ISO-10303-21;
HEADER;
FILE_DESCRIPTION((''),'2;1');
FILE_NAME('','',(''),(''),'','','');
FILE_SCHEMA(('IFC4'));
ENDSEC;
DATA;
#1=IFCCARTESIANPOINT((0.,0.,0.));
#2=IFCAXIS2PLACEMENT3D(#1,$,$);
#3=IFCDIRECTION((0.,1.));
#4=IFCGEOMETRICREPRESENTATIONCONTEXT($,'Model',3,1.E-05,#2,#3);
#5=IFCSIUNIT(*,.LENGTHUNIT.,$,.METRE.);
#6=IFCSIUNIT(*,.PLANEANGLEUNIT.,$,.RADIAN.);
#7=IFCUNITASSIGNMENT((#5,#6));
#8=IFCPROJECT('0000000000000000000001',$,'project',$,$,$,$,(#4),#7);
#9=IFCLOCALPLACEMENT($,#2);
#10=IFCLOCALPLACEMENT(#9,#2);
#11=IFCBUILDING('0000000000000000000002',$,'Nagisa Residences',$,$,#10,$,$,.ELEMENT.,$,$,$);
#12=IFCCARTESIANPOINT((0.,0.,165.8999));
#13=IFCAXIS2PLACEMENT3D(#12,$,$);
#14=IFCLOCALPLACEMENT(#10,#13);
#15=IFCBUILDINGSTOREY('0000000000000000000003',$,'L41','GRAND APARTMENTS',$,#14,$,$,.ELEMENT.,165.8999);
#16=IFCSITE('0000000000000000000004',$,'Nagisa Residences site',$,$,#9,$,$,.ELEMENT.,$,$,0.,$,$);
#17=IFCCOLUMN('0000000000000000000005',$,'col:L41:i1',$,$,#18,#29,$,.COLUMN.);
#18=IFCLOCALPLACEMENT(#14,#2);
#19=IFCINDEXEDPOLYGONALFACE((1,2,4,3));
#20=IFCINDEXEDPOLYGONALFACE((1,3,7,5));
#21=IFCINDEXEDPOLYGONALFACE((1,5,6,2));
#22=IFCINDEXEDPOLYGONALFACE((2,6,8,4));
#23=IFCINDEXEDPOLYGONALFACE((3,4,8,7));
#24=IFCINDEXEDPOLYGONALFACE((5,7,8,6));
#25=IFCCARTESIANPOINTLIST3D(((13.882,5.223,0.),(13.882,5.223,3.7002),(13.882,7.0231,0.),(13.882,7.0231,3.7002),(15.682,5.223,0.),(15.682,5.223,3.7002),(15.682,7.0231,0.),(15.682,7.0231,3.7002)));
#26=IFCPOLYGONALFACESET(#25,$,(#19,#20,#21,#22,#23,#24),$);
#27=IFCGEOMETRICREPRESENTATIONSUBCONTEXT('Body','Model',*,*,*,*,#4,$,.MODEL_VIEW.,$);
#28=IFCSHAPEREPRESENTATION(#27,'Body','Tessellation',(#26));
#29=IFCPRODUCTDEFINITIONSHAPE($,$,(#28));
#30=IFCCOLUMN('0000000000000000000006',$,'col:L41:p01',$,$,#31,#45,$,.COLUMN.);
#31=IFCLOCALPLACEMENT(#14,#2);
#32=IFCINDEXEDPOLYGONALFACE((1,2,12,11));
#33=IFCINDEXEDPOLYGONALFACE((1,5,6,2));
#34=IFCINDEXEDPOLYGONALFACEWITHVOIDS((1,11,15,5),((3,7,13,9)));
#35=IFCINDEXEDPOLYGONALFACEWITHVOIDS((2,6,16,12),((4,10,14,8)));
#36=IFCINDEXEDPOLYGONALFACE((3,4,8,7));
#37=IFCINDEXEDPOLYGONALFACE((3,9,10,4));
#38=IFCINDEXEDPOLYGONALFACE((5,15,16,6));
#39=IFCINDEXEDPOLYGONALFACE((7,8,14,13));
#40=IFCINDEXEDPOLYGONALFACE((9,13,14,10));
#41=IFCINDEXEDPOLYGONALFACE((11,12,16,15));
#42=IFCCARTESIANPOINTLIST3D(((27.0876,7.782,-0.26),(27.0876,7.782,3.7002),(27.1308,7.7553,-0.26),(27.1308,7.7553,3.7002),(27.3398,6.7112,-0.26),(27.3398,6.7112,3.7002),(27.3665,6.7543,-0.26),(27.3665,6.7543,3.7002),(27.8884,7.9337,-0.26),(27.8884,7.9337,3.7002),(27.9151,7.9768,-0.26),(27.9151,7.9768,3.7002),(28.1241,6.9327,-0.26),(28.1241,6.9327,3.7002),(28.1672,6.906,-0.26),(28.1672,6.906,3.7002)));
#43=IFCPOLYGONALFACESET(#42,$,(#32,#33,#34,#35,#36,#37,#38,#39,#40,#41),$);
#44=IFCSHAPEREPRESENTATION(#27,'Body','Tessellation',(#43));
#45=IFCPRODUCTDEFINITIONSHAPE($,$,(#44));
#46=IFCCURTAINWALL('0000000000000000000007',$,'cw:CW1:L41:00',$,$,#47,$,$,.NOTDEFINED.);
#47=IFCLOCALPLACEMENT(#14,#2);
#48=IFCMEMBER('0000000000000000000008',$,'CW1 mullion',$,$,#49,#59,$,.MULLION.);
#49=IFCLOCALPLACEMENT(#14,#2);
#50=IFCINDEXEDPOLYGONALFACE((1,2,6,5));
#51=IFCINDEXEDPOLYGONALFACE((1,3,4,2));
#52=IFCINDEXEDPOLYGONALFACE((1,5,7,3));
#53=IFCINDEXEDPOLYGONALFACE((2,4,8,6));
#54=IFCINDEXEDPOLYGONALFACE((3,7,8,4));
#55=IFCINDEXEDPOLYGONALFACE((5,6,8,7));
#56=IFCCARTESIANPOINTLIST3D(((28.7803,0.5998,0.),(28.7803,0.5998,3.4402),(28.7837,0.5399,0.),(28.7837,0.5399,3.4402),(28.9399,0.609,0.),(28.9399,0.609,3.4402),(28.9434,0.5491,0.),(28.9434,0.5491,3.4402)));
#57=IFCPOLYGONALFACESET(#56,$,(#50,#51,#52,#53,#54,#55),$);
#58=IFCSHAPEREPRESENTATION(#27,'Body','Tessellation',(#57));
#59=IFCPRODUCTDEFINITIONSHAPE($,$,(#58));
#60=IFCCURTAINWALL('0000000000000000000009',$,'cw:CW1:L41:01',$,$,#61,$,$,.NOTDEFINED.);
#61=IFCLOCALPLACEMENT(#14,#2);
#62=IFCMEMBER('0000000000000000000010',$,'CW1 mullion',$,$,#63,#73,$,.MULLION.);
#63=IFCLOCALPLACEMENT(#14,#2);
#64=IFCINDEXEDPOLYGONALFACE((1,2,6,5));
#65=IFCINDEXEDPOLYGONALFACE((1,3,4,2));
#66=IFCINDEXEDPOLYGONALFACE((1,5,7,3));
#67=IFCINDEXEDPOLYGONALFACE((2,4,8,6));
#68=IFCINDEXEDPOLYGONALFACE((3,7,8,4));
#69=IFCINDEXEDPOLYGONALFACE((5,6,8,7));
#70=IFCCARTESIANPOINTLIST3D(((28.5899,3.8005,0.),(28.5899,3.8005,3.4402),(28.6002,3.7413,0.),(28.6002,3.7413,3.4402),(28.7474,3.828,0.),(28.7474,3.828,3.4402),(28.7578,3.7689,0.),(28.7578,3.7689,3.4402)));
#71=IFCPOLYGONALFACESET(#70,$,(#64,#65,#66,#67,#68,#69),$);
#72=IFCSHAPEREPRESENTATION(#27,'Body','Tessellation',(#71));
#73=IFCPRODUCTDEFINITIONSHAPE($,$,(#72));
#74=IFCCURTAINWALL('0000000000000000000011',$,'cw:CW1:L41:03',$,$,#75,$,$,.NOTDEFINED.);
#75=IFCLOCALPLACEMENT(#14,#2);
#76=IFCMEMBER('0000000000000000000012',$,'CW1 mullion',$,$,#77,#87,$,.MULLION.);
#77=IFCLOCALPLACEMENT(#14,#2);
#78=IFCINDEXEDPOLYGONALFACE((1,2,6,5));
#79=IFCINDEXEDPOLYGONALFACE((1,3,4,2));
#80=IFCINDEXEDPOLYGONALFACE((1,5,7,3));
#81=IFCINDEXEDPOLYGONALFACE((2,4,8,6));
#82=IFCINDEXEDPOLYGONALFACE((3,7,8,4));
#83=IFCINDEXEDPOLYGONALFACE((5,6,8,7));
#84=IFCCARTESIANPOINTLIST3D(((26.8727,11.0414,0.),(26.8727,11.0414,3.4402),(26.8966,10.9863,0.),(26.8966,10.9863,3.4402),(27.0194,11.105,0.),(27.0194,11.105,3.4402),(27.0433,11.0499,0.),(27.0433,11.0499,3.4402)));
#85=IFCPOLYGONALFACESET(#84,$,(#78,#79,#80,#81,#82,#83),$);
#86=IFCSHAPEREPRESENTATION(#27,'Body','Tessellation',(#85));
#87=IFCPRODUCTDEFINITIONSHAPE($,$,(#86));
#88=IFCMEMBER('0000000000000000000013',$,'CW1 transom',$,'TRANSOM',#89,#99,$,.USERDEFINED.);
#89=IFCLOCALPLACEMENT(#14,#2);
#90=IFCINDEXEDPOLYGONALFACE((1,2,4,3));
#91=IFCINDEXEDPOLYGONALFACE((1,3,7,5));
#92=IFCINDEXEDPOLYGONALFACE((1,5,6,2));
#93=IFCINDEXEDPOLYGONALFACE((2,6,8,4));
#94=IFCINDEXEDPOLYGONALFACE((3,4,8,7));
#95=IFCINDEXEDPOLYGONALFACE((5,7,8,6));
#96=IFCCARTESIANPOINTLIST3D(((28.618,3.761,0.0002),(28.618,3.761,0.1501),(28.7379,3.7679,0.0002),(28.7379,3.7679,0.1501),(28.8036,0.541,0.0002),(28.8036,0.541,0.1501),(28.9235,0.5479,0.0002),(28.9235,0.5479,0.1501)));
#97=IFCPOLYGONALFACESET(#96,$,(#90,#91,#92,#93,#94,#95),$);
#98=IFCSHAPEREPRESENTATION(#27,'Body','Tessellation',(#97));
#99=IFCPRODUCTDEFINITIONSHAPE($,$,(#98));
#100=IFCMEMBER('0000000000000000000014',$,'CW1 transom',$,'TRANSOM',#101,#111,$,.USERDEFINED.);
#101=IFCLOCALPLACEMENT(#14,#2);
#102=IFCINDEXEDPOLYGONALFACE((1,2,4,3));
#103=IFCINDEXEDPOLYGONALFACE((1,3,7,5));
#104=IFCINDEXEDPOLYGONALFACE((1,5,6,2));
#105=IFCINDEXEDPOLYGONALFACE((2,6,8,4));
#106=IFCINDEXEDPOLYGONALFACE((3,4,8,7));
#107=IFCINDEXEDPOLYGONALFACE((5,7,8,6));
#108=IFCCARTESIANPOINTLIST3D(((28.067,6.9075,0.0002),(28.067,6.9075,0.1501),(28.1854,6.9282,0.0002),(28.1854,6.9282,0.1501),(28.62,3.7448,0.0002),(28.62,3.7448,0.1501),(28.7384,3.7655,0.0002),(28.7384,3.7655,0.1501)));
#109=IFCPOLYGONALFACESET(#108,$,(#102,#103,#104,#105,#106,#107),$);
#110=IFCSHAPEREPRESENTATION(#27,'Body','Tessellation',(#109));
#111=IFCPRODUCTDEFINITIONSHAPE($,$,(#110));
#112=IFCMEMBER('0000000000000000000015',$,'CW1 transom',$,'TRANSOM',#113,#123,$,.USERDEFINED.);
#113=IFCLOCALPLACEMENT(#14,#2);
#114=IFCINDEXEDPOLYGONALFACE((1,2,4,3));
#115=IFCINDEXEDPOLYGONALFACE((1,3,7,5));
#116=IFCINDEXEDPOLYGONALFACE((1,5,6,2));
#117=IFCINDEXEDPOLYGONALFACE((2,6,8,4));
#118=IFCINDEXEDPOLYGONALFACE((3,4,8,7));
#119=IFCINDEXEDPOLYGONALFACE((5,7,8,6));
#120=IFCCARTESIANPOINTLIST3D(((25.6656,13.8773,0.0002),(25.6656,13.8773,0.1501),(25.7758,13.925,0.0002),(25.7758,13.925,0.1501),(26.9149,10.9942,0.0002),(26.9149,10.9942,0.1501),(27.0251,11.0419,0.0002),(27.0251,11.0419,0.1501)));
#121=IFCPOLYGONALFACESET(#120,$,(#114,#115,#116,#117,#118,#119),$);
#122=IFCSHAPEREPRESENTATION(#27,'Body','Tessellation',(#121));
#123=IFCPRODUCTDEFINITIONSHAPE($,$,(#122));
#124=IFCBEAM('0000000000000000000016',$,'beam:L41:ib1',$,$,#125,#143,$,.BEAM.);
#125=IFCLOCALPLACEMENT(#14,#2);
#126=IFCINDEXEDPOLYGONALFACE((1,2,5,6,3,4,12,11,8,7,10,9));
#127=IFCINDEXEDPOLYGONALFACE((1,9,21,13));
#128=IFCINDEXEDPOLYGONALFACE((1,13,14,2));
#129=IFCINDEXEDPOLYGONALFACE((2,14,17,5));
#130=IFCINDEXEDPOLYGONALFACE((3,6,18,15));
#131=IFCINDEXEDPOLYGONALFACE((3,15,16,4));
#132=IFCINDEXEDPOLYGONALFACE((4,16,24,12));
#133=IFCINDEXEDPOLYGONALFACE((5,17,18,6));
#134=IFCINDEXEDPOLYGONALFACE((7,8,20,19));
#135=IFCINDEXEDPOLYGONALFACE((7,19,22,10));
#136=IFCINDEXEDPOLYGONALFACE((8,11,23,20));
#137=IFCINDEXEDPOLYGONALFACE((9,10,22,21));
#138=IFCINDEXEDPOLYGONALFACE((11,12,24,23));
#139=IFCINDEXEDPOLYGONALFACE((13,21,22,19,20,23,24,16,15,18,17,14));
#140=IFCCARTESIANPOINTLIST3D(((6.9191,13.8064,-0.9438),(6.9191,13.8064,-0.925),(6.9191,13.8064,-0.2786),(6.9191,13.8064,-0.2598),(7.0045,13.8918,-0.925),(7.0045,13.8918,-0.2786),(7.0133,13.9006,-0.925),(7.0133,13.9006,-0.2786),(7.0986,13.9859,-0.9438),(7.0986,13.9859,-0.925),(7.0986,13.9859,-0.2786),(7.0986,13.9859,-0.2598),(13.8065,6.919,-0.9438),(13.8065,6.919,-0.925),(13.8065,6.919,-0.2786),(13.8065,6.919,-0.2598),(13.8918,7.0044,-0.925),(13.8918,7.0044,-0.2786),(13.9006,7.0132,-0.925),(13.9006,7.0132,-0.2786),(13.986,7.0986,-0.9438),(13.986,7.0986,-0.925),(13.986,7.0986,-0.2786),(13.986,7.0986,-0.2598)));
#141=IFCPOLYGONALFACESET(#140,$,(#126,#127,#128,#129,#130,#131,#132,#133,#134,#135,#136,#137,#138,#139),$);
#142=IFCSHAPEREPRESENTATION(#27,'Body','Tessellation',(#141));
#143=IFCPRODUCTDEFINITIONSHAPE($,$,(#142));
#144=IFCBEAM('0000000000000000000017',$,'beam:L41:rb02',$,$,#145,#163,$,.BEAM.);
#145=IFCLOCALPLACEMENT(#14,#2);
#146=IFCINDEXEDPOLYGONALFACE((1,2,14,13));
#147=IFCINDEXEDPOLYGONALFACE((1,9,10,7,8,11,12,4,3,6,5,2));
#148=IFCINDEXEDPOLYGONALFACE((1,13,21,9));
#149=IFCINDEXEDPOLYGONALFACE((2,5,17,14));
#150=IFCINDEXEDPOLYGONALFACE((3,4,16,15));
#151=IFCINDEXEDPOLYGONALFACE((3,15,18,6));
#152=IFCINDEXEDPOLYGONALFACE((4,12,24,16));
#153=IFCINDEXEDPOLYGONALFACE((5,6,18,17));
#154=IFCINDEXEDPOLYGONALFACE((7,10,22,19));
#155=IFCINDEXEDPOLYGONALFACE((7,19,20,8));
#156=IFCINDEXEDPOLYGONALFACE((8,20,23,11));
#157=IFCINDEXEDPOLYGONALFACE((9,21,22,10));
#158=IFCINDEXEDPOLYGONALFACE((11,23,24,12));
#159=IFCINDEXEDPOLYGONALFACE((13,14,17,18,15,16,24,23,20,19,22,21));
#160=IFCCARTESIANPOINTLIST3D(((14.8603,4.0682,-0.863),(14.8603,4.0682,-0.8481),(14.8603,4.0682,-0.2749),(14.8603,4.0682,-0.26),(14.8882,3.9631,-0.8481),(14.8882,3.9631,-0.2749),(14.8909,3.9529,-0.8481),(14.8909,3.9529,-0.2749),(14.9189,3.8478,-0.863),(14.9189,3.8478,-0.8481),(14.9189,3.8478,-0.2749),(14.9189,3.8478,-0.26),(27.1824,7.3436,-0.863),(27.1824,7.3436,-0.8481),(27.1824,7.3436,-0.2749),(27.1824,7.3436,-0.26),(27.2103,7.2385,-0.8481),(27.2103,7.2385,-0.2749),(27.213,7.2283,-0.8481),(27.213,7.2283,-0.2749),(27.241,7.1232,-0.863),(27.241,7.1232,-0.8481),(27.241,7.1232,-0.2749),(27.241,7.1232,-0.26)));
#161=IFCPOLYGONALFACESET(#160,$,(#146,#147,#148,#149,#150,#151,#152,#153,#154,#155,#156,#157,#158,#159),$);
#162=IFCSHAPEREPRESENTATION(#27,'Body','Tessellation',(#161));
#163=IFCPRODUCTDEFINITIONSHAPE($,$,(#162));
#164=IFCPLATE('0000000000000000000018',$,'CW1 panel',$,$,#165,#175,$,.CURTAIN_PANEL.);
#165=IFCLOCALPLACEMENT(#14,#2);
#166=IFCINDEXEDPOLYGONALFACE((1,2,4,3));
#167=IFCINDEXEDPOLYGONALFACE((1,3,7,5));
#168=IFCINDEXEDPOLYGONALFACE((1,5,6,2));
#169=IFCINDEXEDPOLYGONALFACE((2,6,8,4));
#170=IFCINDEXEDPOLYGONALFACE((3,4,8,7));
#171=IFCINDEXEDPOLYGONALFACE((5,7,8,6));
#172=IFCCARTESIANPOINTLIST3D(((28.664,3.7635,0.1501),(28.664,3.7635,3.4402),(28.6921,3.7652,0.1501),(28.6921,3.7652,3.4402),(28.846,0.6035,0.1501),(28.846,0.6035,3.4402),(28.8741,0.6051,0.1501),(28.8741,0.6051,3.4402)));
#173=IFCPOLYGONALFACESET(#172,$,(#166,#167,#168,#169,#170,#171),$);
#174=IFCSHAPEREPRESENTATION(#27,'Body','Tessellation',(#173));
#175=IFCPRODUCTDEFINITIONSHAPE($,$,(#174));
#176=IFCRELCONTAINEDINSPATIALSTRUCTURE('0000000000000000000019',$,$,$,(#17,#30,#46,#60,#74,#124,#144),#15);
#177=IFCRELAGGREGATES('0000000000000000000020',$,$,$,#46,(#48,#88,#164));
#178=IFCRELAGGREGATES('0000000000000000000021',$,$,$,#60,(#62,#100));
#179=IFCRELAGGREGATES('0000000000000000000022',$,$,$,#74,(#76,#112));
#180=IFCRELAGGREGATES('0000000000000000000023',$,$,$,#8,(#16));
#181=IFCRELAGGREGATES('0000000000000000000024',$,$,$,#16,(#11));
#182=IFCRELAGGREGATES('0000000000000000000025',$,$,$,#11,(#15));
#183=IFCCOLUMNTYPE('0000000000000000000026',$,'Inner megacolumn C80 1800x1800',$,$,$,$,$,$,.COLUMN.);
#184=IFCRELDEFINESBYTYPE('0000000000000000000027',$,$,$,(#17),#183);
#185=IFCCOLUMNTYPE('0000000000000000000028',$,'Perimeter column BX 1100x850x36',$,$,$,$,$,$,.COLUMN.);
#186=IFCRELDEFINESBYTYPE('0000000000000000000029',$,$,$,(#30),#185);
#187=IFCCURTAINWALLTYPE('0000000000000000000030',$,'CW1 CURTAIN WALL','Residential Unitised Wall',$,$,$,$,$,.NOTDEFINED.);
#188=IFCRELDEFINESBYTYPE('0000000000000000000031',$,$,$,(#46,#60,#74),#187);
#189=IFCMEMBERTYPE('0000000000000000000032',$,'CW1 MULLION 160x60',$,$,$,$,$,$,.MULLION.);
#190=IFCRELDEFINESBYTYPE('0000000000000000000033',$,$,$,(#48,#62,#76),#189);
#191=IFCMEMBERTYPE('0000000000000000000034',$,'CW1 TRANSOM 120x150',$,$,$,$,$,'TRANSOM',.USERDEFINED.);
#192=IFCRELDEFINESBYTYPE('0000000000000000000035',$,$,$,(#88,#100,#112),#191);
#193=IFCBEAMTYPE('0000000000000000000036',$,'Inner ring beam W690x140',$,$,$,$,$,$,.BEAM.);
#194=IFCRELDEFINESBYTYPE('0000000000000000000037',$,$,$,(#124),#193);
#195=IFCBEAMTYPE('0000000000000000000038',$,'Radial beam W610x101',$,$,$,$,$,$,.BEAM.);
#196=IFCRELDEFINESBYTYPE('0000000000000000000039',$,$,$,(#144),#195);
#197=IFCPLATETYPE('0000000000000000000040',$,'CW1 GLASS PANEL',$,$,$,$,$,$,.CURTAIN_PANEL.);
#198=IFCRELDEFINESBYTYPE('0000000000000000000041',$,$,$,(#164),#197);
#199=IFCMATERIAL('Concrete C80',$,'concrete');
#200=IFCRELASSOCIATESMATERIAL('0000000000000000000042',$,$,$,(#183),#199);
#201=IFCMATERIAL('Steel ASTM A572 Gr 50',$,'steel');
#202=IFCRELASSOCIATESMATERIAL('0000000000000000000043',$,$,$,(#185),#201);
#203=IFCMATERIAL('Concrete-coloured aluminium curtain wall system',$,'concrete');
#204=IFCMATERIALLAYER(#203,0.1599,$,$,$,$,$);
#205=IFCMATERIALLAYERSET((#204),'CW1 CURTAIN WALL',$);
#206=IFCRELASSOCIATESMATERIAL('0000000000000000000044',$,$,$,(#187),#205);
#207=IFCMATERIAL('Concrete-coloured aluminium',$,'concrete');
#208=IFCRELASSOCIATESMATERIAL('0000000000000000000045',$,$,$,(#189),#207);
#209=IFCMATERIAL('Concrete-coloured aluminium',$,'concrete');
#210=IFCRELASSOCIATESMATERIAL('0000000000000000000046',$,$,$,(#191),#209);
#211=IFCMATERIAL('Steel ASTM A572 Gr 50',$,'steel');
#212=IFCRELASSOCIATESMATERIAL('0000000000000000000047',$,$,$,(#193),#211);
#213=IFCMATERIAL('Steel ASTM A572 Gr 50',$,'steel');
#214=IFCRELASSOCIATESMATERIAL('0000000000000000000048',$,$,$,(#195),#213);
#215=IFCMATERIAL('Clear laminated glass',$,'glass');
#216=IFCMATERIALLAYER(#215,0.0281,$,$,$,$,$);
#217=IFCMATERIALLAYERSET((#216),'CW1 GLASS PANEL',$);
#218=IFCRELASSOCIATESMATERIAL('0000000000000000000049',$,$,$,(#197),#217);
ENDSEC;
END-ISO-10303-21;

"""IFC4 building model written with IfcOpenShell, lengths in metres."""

from ifc_helpers import new_model, si_unit, direction, frame, origin, origin_2d, place, context, subcontext, project, spatial, rectangle, hollow_rectangle, i_section, extrude, material, layer, layer_set, material_profile, profile_set, type_object, element, aggregate, save


model = new_model("IFC4")

# Units and contexts
model_context = context("Model", 3, precision=1e-05, world=origin(), true_north=direction((0.0, 1.0)))
body_context = subcontext(model_context, "Body", "Model", "MODEL_VIEW")
ifc_project = project(units=[si_unit("LENGTHUNIT", "METRE"), si_unit("PLANEANGLEUNIT", "RADIAN")], contexts=[model_context])

# Site, building, storey
site_placement = place(None, origin())
site = spatial("IfcSite", under=ifc_project, at=site_placement, Name="Nagisa Residences site", CompositionType="ELEMENT", RefElevation=0.0)
building_placement = place(site_placement, origin())
building = spatial("IfcBuilding", under=site, at=building_placement, Name="Nagisa Residences", CompositionType="ELEMENT")
storey_placement = place(building_placement, frame((0.0, 0.0, 165.8999)))
storey = spatial("IfcBuildingStorey", under=building, at=storey_placement, Name="L41", Description="GRAND APARTMENTS", CompositionType="ELEMENT", Elevation=165.8999)

# Columns
ifc_material_1 = material(Name="Concrete C80", Category="concrete")
ifc_material_profile_1 = material_profile(ifc_material_1, rectangle(XDim=1.8, YDim=1.8, at=origin_2d()), Name="C80 1800x1800")
ifc_profile_set_1 = profile_set([ifc_material_profile_1], Name="Concrete C80")
column_type_1 = type_object("IfcColumnType", Name="Inner megacolumn C80 1800x1800", PredefinedType="COLUMN", material=ifc_profile_set_1)
column_1_placement = place(storey_placement, frame((14.782, 6.123, 0.0), z_axis=(0.0, 0.0, 1.0), x_axis=(1.0, 0.0, 0.0)))
element("IfcColumn", 1, at=column_1_placement, inside=storey, type_object=column_type_1, Name="col:L41:i1", PredefinedType="COLUMN", context=body_context, shape_type="SweptSolid", body=[
    extrude(rectangle(XDim=1.8, YDim=1.8, at=origin_2d()), origin(), (0.0, 0.0, 1.0), 3.7002),
])
ifc_material_2 = material(Name="Steel ASTM A572 Gr 50", Category="steel")
ifc_material_profile_2 = material_profile(ifc_material_2, hollow_rectangle(XDim=1.1001, YDim=0.8501, WallThickness=0.0359, at=origin_2d()), Name="BX 1100x850x36")
ifc_profile_set_2 = profile_set([ifc_material_profile_2], Name="Steel ASTM A572 Gr 50")
column_type_2 = type_object("IfcColumnType", Name="Perimeter column BX 1100x850x36", PredefinedType="COLUMN", material=ifc_profile_set_2)
column_2_placement = place(storey_placement, frame((27.6274, 7.344, -0.26), z_axis=(0.0, 0.0, 1.0), x_axis=(-0.229202, 0.973379, 0.0)))
element("IfcColumn", 2, at=column_2_placement, inside=storey, type_object=column_type_2, Name="col:L41:p01", PredefinedType="COLUMN", context=body_context, shape_type="SweptSolid", body=[
    extrude(hollow_rectangle(XDim=1.1001, YDim=0.8501, WallThickness=0.0359, at=origin_2d()), origin(), (0.0, 0.0, 1.0), 3.9602),
])

# Curtain walls, members
ifc_material_3 = material(Name="Concrete-coloured aluminium curtain wall system", Category="concrete")
ifc_layer_1 = layer(ifc_material_3, 0.1599)
ifc_layer_set_1 = layer_set([ifc_layer_1], Name="CW1 CURTAIN WALL")
curtain_wall_type = type_object("IfcCurtainWallType", Name="CW1 CURTAIN WALL", Description="Residential Unitised Wall", PredefinedType="NOTDEFINED", material=ifc_layer_set_1)
curtain_wall_1_placement = place(storey_placement, origin())
curtain_wall_1 = element("IfcCurtainWall", 3, at=curtain_wall_1_placement, inside=storey, type_object=curtain_wall_type, Name="cw:CW1:L41:00", PredefinedType="NOTDEFINED")
ifc_material_4 = material(Name="Concrete-coloured aluminium", Category="concrete")
ifc_material_profile_3 = material_profile(ifc_material_4, rectangle(XDim=0.1599, YDim=0.0601, at=origin_2d()), Name="CW1 MULLION 160x60")
ifc_profile_set_3 = profile_set([ifc_material_profile_3], Name="Concrete-coloured aluminium")
member_type_1 = type_object("IfcMemberType", Name="CW1 MULLION 160x60", PredefinedType="MULLION", material=ifc_profile_set_3)
member_1_placement = place(storey_placement, frame((28.8618, 0.5745, 0.0), z_axis=(0.0, 0.0, 1.0), x_axis=(-0.998345, -0.057503, 0.0)))
member_1 = element("IfcMember", 4, at=member_1_placement, type_object=member_type_1, Name="CW1 mullion", PredefinedType="MULLION", context=body_context, shape_type="SweptSolid", body=[
    extrude(rectangle(XDim=0.1599, YDim=0.0601, at=origin_2d()), origin(), (0.0, 0.0, 1.0), 3.4402),
])
curtain_wall_2_placement = place(storey_placement, origin())
curtain_wall_2 = element("IfcCurtainWall", 5, at=curtain_wall_2_placement, inside=storey, type_object=curtain_wall_type, Name="cw:CW1:L41:01", PredefinedType="NOTDEFINED")
member_2_placement = place(storey_placement, frame((28.6738, 3.7847, 0.0), z_axis=(0.0, 0.0, 1.0), x_axis=(-0.985064, -0.172191, 0.0)))
member_2 = element("IfcMember", 6, at=member_2_placement, type_object=member_type_1, Name="CW1 mullion", PredefinedType="MULLION", context=body_context, shape_type="SweptSolid", body=[
    extrude(rectangle(XDim=0.1599, YDim=0.0601, at=origin_2d()), origin(), (0.0, 0.0, 1.0), 3.4402),
])
curtain_wall_3_placement = place(storey_placement, origin())
curtain_wall_3 = element("IfcCurtainWall", 7, at=curtain_wall_3_placement, inside=storey, type_object=curtain_wall_type, Name="cw:CW1:L41:03", PredefinedType="NOTDEFINED")
member_3_placement = place(storey_placement, frame((26.958, 11.0457, 0.0), z_axis=(0.0, 0.0, 1.0), x_axis=(-0.917543, -0.397636, 0.0)))
member_3 = element("IfcMember", 8, at=member_3_placement, type_object=member_type_1, Name="CW1 mullion", PredefinedType="MULLION", context=body_context, shape_type="SweptSolid", body=[
    extrude(rectangle(XDim=0.1599, YDim=0.0601, at=origin_2d()), origin(), (0.0, 0.0, 1.0), 3.4402),
])

# Members
ifc_material_5 = material(Name="Concrete-coloured aluminium", Category="concrete")
ifc_material_profile_4 = material_profile(ifc_material_5, rectangle(XDim=0.1201, YDim=0.1499, at=origin_2d()), Name="CW1 TRANSOM 120x150")
ifc_profile_set_4 = profile_set([ifc_material_profile_4], Name="Concrete-coloured aluminium")
member_type_2 = type_object("IfcMemberType", Name="CW1 TRANSOM 120x150", ElementType="TRANSOM", PredefinedType="USERDEFINED", material=ifc_profile_set_4)
member_4_placement = place(storey_placement, frame((28.8635, 0.5444, 0.0752), z_axis=(-0.057528, 0.998344, 0.0), x_axis=(-0.998344, -0.057528, 0.0)))
member_4 = element("IfcMember", 9, at=member_4_placement, type_object=member_type_2, Name="CW1 transom", ObjectType="TRANSOM", PredefinedType="USERDEFINED", context=body_context, shape_type="SweptSolid", body=[
    extrude(rectangle(XDim=0.1201, YDim=0.1499, at=origin_2d()), origin(), (0.0, 0.0, 1.0), 3.2253),
])
member_5_placement = place(storey_placement, frame((28.6792, 3.7551, 0.0752), z_axis=(-0.172236, 0.985056, 0.0), x_axis=(-0.985056, -0.172236, 0.0)))
member_5 = element("IfcMember", 10, at=member_5_placement, type_object=member_type_2, Name="CW1 transom", ObjectType="TRANSOM", PredefinedType="USERDEFINED", context=body_context, shape_type="SweptSolid", body=[
    extrude(rectangle(XDim=0.1201, YDim=0.1499, at=origin_2d()), origin(), (0.0, 0.0, 1.0), 3.2107),
])
member_6_placement = place(storey_placement, frame((26.97, 11.0181, 0.0752), z_axis=(-0.397592, 0.917562, 0.0), x_axis=(-0.917562, -0.397592, 0.0)))
member_6 = element("IfcMember", 11, at=member_6_placement, type_object=member_type_2, Name="CW1 transom", ObjectType="TRANSOM", PredefinedType="USERDEFINED", context=body_context, shape_type="SweptSolid", body=[
    extrude(rectangle(XDim=0.1201, YDim=0.1499, at=origin_2d()), origin(), (0.0, 0.0, 1.0), 3.1421),
])

# Beams
ifc_material_6 = material(Name="Steel ASTM A572 Gr 50", Category="steel")
ifc_material_profile_5 = material_profile(ifc_material_6, i_section(OverallWidth=0.2539, OverallDepth=0.6841, WebThickness=0.0125, FlangeThickness=0.0188, at=origin_2d()), Name="W690x140")
ifc_profile_set_5 = profile_set([ifc_material_profile_5], Name="Steel ASTM A572 Gr 50")
beam_type_1 = type_object("IfcBeamType", Name="Inner ring beam W690x140", PredefinedType="BEAM", material=ifc_profile_set_5)
beam_1_placement = place(storey_placement, frame((13.8962, 7.0088, -0.6018), z_axis=(-0.707107, 0.707107, 0.0), x_axis=(-0.707107, -0.707107, 0.0)))
element("IfcBeam", 12, at=beam_1_placement, inside=storey, type_object=beam_type_1, Name="beam:L41:ib1", PredefinedType="BEAM", context=body_context, shape_type="SweptSolid", body=[
    extrude(i_section(OverallWidth=0.2539, OverallDepth=0.6841, WebThickness=0.0125, FlangeThickness=0.0188, at=origin_2d()), origin(), (0.0, 0.0, 1.0), 9.7402),
])
ifc_material_7 = material(Name="Steel ASTM A572 Gr 50", Category="steel")
ifc_material_profile_6 = material_profile(ifc_material_7, i_section(OverallWidth=0.228, OverallDepth=0.603, WebThickness=0.0105, FlangeThickness=0.0149, at=origin_2d()), Name="W610x101")
ifc_profile_set_6 = profile_set([ifc_material_profile_6], Name="Steel ASTM A572 Gr 50")
beam_type_2 = type_object("IfcBeamType", Name="Radial beam W610x101", PredefinedType="BEAM", material=ifc_profile_set_6)
beam_2_placement = place(storey_placement, frame((27.2117, 7.2334, -0.5615), z_axis=(-0.966439, -0.256895, 0.0), x_axis=(0.256895, -0.966439, 0.0)))
element("IfcBeam", 13, at=beam_2_placement, inside=storey, type_object=beam_type_2, Name="beam:L41:rb02", PredefinedType="BEAM", context=body_context, shape_type="SweptSolid", body=[
    extrude(i_section(OverallWidth=0.228, OverallDepth=0.603, WebThickness=0.0105, FlangeThickness=0.0149, at=origin_2d()), origin(), (0.0, 0.0, 1.0), 12.75),
])

# Plate
ifc_material_8 = material(Name="Clear laminated glass", Category="glass")
ifc_layer_2 = layer(ifc_material_8, 0.0281)
ifc_layer_set_2 = layer_set([ifc_layer_2], Name="CW1 GLASS PANEL")
plate_type = type_object("IfcPlateType", Name="CW1 GLASS PANEL", PredefinedType="CURTAIN_PANEL", material=ifc_layer_set_2)
plate_1_placement = place(storey_placement, frame((28.769, 2.1843, 0.1501), z_axis=(0.0, 0.0, 1.0), x_axis=(-0.057503, 0.998345, 0.0)))
plate_1 = element("IfcPlate", 14, at=plate_1_placement, type_object=plate_type, Name="CW1 panel", PredefinedType="CURTAIN_PANEL", context=body_context, shape_type="SweptSolid", body=[
    extrude(rectangle(XDim=3.1653, YDim=0.0281, at=origin_2d()), origin(), (0.0, 0.0, 1.0), 3.29),
])
aggregate(curtain_wall_1, [member_1, member_4, plate_1])
aggregate(curtain_wall_2, [member_2, member_5])
aggregate(curtain_wall_3, [member_3, member_6])

save(model, "model.ifc")
